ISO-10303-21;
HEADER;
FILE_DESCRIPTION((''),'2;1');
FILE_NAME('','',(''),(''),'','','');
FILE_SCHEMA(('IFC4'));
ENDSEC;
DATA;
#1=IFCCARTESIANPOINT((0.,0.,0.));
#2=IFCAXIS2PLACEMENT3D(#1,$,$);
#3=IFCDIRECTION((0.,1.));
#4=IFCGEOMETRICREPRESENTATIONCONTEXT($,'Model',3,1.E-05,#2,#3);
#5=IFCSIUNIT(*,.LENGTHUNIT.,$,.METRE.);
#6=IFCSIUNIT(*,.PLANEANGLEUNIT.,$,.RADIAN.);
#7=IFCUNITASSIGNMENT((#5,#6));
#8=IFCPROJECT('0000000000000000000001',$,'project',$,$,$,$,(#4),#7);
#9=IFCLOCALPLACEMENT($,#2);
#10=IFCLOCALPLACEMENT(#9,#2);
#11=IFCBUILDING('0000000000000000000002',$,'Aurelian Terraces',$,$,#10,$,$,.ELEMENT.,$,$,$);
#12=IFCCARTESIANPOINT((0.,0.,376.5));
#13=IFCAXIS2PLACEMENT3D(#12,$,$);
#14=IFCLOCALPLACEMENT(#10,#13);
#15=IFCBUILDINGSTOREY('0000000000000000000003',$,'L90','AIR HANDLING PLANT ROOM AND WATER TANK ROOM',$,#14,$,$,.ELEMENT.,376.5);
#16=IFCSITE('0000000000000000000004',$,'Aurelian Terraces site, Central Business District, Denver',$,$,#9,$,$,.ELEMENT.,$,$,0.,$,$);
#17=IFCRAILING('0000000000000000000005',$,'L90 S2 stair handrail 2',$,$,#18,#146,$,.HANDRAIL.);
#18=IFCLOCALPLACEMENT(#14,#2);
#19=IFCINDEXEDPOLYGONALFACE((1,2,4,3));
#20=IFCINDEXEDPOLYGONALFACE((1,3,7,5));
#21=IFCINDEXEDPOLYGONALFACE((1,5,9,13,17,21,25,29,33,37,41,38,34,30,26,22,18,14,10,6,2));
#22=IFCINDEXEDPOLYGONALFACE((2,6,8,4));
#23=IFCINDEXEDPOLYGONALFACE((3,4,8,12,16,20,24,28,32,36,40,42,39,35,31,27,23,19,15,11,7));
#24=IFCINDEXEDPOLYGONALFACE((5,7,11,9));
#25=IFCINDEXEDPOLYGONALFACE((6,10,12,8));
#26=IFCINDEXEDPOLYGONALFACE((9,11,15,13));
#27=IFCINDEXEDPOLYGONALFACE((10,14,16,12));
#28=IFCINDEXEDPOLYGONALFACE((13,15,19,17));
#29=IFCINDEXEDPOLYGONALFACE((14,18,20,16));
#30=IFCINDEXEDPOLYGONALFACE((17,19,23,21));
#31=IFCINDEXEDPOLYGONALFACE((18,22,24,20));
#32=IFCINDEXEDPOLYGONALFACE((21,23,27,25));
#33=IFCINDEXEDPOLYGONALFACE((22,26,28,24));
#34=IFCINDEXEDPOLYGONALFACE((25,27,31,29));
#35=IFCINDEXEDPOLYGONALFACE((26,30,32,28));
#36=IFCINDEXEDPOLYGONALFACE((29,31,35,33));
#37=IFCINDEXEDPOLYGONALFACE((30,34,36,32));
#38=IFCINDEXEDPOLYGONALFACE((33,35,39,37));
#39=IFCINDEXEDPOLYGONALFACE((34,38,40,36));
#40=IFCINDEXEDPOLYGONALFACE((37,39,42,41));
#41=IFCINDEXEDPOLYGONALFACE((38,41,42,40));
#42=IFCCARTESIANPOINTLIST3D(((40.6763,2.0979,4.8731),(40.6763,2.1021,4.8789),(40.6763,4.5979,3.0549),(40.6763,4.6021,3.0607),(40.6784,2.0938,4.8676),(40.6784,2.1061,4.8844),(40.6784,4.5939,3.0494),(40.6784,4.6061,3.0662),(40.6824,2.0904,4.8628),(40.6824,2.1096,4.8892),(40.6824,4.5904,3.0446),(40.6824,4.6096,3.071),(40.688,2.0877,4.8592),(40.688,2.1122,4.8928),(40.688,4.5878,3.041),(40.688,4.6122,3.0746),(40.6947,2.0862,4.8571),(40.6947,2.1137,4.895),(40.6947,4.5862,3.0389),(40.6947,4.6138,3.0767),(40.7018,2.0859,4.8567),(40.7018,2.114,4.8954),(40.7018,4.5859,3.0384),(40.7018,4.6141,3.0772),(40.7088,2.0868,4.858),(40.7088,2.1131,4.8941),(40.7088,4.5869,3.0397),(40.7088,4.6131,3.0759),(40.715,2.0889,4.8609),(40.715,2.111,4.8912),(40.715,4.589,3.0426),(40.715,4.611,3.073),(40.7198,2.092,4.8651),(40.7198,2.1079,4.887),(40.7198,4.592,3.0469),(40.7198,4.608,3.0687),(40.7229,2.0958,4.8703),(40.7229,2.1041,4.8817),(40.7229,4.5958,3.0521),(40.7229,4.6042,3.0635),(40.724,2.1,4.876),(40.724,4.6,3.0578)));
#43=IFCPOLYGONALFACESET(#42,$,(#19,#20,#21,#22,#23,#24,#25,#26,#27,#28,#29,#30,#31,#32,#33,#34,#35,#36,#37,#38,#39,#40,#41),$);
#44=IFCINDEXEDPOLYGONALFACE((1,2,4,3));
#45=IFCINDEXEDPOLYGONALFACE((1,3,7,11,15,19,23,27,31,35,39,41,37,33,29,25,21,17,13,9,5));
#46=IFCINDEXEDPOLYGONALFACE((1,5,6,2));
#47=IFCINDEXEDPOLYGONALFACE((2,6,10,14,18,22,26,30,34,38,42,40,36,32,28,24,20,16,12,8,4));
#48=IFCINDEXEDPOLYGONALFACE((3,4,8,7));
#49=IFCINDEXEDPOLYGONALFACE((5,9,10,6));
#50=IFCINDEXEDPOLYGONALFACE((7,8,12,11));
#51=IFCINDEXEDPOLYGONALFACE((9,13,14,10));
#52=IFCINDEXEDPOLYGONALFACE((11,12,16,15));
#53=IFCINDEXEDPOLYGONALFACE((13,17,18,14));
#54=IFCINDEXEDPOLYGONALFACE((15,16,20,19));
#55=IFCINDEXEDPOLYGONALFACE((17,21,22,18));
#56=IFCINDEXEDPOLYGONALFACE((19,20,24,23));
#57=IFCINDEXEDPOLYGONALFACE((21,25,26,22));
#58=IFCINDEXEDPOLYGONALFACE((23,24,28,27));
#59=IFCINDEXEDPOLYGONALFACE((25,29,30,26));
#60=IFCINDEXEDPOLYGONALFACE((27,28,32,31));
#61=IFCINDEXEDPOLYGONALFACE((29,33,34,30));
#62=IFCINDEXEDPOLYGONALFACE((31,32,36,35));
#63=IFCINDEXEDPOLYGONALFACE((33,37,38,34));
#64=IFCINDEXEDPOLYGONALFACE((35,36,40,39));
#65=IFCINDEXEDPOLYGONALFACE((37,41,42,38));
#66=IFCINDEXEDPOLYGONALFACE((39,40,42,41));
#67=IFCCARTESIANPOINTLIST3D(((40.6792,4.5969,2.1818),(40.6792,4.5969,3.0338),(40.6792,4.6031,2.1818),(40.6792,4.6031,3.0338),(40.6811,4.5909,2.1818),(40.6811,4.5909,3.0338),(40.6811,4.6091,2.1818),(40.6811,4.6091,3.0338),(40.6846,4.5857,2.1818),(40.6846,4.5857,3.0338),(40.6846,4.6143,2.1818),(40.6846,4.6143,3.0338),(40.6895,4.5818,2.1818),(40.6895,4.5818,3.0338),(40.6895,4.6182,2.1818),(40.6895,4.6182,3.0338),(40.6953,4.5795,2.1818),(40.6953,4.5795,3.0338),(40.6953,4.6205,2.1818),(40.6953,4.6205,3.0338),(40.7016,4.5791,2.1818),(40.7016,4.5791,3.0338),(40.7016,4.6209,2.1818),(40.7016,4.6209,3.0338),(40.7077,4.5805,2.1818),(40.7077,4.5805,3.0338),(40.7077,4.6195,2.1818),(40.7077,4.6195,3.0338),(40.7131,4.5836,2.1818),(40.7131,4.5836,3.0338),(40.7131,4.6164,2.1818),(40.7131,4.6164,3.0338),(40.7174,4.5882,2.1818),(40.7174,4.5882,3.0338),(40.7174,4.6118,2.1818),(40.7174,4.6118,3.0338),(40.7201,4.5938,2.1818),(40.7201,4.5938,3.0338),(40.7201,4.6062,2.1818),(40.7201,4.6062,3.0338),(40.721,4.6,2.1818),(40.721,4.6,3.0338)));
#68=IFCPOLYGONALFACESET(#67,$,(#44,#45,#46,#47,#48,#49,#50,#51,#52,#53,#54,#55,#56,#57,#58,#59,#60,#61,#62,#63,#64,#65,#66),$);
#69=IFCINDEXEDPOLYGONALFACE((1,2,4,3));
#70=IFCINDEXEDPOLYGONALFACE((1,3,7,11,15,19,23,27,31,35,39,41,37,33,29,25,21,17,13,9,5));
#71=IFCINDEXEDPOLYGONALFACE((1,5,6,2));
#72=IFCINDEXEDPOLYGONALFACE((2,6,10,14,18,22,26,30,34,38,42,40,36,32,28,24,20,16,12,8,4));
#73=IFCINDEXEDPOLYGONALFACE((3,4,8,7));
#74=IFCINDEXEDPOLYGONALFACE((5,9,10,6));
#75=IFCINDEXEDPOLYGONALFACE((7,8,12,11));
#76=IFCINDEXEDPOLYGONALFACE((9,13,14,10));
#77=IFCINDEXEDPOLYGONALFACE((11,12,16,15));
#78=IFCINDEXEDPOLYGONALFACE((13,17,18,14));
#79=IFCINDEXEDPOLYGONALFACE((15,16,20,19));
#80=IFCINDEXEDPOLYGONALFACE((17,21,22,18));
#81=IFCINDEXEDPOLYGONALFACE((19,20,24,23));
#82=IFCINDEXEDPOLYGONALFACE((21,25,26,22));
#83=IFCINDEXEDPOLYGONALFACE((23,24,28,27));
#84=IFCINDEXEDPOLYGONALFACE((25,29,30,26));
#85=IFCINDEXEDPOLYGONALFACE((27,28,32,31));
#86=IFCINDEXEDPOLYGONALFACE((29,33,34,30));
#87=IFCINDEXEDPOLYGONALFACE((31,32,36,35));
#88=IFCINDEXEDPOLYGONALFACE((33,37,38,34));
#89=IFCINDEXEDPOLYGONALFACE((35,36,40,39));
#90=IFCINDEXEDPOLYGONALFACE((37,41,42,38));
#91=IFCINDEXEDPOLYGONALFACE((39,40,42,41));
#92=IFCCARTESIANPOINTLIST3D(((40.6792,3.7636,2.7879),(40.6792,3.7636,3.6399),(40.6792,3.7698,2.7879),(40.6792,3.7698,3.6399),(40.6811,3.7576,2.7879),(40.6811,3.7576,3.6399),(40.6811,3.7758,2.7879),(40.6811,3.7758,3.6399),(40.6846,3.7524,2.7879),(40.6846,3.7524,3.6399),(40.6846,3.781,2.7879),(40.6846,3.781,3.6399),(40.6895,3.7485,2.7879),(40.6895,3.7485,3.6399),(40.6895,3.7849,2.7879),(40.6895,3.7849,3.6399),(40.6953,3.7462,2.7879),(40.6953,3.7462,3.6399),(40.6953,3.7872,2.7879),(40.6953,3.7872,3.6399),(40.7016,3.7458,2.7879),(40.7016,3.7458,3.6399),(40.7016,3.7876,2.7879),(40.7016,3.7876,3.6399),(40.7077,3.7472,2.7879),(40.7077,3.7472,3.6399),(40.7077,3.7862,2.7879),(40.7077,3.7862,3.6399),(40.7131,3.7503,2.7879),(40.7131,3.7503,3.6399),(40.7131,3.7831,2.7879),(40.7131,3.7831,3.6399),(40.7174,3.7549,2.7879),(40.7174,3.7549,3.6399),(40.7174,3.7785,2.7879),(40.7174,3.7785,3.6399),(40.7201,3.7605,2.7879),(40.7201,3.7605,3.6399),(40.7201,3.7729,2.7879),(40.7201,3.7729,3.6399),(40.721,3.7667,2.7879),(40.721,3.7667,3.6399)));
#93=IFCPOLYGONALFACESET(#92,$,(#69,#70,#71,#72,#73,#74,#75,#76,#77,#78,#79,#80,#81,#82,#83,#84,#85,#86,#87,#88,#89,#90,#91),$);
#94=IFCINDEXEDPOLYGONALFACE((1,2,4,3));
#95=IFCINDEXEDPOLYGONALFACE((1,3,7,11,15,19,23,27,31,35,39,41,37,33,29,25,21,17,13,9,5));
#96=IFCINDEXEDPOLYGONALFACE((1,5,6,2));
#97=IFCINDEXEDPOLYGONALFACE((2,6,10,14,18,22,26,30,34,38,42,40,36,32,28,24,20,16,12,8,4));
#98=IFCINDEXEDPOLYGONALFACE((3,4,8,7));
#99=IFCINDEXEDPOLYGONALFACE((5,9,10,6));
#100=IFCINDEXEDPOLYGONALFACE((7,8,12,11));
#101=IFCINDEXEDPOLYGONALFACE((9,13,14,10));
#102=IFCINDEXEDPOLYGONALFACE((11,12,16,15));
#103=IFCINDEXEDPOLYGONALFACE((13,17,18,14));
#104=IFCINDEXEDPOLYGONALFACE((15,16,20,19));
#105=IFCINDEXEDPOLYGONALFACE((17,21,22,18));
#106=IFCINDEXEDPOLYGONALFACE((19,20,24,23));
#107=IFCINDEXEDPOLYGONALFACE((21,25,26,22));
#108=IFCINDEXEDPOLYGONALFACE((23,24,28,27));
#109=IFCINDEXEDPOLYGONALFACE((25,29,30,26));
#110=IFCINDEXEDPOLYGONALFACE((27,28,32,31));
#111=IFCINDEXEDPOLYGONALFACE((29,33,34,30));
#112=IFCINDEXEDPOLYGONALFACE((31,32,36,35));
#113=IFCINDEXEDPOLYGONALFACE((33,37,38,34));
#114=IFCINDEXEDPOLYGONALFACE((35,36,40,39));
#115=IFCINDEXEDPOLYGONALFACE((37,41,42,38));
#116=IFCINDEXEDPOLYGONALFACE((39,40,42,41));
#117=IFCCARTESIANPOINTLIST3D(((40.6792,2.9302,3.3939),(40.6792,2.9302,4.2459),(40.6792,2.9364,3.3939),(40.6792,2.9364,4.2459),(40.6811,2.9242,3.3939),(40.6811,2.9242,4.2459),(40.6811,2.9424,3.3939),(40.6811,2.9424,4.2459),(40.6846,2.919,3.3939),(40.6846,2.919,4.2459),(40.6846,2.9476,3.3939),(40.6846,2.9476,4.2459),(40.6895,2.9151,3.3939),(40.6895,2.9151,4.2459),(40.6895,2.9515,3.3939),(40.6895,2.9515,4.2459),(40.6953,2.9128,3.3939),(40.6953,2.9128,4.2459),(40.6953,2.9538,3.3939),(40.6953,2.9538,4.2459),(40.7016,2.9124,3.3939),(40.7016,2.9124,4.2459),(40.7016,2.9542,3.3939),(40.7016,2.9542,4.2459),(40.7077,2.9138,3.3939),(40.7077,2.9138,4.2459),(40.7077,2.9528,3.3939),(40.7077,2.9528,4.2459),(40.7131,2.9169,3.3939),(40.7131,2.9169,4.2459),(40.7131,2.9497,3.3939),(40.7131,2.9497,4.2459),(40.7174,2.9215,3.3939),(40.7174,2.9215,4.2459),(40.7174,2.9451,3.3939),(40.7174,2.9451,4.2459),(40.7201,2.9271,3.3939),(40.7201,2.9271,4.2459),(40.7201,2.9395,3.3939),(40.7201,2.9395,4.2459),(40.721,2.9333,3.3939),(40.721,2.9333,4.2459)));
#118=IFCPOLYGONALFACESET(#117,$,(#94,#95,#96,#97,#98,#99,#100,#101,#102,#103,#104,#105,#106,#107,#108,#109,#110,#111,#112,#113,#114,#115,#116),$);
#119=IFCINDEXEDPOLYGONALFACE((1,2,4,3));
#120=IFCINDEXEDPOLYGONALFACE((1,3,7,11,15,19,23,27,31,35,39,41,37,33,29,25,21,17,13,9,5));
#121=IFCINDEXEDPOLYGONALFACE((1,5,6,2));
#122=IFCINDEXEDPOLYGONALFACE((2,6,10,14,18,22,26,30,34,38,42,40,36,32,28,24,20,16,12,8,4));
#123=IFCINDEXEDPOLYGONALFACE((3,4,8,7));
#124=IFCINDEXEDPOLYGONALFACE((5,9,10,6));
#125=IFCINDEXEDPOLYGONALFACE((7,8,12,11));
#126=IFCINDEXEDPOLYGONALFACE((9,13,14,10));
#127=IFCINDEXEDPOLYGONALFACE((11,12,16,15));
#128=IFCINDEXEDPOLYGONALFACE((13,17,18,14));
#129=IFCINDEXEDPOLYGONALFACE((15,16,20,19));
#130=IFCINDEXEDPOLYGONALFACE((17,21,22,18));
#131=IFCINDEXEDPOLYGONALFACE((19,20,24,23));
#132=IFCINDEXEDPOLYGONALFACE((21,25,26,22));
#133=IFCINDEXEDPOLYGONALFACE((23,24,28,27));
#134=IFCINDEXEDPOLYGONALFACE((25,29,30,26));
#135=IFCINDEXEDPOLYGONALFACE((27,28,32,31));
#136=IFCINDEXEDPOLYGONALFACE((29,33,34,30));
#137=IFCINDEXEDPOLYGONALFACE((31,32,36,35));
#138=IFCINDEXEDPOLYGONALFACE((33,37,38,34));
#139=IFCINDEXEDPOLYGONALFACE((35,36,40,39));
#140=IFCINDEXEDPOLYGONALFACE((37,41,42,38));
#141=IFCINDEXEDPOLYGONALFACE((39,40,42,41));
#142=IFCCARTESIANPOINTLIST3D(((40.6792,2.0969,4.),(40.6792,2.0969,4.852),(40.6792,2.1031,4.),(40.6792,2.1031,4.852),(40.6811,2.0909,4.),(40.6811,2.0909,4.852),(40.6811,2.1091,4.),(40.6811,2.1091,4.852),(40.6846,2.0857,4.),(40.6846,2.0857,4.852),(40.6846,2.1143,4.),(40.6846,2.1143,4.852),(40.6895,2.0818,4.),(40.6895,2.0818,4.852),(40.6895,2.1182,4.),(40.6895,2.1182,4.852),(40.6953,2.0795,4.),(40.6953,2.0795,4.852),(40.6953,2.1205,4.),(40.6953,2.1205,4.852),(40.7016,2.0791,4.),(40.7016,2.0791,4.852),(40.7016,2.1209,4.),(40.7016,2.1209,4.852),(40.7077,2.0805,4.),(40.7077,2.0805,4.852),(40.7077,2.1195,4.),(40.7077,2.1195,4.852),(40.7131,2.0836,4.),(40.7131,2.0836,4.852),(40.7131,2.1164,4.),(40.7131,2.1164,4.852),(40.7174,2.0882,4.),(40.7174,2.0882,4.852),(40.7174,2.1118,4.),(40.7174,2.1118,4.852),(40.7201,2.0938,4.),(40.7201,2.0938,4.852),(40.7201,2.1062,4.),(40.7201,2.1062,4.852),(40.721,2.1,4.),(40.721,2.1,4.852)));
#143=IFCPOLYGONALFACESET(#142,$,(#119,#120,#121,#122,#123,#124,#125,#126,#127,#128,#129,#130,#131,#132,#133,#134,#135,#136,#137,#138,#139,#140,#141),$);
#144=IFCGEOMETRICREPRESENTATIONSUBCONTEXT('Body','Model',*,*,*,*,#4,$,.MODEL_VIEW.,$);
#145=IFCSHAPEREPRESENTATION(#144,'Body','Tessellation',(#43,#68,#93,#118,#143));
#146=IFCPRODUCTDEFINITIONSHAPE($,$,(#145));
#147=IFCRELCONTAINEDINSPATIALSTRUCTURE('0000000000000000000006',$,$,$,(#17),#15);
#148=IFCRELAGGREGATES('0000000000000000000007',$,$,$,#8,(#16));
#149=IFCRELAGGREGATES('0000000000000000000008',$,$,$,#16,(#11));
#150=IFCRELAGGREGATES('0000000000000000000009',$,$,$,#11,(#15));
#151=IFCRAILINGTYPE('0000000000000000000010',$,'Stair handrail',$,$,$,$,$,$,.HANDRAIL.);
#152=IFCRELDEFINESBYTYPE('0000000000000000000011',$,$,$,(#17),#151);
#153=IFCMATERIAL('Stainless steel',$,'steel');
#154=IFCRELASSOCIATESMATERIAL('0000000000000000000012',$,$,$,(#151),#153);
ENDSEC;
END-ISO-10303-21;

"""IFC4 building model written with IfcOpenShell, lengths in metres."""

from ifc_helpers import new_model, si_unit, direction, frame, origin, origin_2d, place, context, subcontext, project, spatial, circle, extrude, source, transform, mapped, material, type_object, element, save


model = new_model("IFC4")

# Units and contexts
model_context = context("Model", 3, precision=1e-05, world=origin(), true_north=direction((0.0, 1.0)))
body_context = subcontext(model_context, "Body", "Model", "MODEL_VIEW")
ifc_project = project(units=[si_unit("LENGTHUNIT", "METRE"), si_unit("PLANEANGLEUNIT", "RADIAN")], contexts=[model_context])

# Site, building, storey
site_placement = place(None, origin())
site = spatial("IfcSite", under=ifc_project, at=site_placement, Name="Aurelian Terraces site, Central Business District, Denver", CompositionType="ELEMENT", RefElevation=0.0)
building_placement = place(site_placement, origin())
building = spatial("IfcBuilding", under=site, at=building_placement, Name="Aurelian Terraces", CompositionType="ELEMENT")
storey_placement = place(building_placement, frame((0.0, 0.0, 376.5)))
storey = spatial("IfcBuildingStorey", under=building, at=storey_placement, Name="L90", Description="AIR HANDLING PLANT ROOM AND WATER TANK ROOM", CompositionType="ELEMENT", Elevation=376.5)

# Railing
ifc_material_1 = material(Name="Stainless steel", Category="steel")
railing_type = type_object("IfcRailingType", Name="Stair handrail", PredefinedType="HANDRAIL", material=ifc_material_1)
shared_shape_1 = source(origin(), body_context, "Body", "SweptSolid", [
    extrude(circle(Radius=0.024, at=origin_2d()), frame((0.0, 0.0, 0.876), z_axis=(0.0, -0.808733, 0.588176), x_axis=(1.0, 0.0, 0.0)), (0.0, 0.0, 1.0), 3.0913),
    extrude(circle(Radius=0.021, at=origin_2d()), origin(), (0.0, 0.0, 1.0), 0.852),
    extrude(circle(Radius=0.021, at=origin_2d()), frame((0.0, -0.8333, 0.6061)), (0.0, 0.0, 1.0), 0.852),
    extrude(circle(Radius=0.021, at=origin_2d()), frame((0.0, -1.6667, 1.2121)), (0.0, 0.0, 1.0), 0.852),
    extrude(circle(Radius=0.021, at=origin_2d()), frame((0.0, -2.5, 1.8182)), (0.0, 0.0, 1.0), 0.852),
])
railing_placement = place(storey_placement, frame((40.7, 4.6, 2.1818)))
element("IfcRailing", 1, at=railing_placement, inside=storey, type_object=railing_type, Name="L90 S2 stair handrail 2", PredefinedType="HANDRAIL", context=body_context, shape_type="MappedRepresentation", body=[
    mapped(shared_shape_1, transform((0.0, 0.0, 0.0), scale=1.0)),
])

save(model, "model.ifc")
